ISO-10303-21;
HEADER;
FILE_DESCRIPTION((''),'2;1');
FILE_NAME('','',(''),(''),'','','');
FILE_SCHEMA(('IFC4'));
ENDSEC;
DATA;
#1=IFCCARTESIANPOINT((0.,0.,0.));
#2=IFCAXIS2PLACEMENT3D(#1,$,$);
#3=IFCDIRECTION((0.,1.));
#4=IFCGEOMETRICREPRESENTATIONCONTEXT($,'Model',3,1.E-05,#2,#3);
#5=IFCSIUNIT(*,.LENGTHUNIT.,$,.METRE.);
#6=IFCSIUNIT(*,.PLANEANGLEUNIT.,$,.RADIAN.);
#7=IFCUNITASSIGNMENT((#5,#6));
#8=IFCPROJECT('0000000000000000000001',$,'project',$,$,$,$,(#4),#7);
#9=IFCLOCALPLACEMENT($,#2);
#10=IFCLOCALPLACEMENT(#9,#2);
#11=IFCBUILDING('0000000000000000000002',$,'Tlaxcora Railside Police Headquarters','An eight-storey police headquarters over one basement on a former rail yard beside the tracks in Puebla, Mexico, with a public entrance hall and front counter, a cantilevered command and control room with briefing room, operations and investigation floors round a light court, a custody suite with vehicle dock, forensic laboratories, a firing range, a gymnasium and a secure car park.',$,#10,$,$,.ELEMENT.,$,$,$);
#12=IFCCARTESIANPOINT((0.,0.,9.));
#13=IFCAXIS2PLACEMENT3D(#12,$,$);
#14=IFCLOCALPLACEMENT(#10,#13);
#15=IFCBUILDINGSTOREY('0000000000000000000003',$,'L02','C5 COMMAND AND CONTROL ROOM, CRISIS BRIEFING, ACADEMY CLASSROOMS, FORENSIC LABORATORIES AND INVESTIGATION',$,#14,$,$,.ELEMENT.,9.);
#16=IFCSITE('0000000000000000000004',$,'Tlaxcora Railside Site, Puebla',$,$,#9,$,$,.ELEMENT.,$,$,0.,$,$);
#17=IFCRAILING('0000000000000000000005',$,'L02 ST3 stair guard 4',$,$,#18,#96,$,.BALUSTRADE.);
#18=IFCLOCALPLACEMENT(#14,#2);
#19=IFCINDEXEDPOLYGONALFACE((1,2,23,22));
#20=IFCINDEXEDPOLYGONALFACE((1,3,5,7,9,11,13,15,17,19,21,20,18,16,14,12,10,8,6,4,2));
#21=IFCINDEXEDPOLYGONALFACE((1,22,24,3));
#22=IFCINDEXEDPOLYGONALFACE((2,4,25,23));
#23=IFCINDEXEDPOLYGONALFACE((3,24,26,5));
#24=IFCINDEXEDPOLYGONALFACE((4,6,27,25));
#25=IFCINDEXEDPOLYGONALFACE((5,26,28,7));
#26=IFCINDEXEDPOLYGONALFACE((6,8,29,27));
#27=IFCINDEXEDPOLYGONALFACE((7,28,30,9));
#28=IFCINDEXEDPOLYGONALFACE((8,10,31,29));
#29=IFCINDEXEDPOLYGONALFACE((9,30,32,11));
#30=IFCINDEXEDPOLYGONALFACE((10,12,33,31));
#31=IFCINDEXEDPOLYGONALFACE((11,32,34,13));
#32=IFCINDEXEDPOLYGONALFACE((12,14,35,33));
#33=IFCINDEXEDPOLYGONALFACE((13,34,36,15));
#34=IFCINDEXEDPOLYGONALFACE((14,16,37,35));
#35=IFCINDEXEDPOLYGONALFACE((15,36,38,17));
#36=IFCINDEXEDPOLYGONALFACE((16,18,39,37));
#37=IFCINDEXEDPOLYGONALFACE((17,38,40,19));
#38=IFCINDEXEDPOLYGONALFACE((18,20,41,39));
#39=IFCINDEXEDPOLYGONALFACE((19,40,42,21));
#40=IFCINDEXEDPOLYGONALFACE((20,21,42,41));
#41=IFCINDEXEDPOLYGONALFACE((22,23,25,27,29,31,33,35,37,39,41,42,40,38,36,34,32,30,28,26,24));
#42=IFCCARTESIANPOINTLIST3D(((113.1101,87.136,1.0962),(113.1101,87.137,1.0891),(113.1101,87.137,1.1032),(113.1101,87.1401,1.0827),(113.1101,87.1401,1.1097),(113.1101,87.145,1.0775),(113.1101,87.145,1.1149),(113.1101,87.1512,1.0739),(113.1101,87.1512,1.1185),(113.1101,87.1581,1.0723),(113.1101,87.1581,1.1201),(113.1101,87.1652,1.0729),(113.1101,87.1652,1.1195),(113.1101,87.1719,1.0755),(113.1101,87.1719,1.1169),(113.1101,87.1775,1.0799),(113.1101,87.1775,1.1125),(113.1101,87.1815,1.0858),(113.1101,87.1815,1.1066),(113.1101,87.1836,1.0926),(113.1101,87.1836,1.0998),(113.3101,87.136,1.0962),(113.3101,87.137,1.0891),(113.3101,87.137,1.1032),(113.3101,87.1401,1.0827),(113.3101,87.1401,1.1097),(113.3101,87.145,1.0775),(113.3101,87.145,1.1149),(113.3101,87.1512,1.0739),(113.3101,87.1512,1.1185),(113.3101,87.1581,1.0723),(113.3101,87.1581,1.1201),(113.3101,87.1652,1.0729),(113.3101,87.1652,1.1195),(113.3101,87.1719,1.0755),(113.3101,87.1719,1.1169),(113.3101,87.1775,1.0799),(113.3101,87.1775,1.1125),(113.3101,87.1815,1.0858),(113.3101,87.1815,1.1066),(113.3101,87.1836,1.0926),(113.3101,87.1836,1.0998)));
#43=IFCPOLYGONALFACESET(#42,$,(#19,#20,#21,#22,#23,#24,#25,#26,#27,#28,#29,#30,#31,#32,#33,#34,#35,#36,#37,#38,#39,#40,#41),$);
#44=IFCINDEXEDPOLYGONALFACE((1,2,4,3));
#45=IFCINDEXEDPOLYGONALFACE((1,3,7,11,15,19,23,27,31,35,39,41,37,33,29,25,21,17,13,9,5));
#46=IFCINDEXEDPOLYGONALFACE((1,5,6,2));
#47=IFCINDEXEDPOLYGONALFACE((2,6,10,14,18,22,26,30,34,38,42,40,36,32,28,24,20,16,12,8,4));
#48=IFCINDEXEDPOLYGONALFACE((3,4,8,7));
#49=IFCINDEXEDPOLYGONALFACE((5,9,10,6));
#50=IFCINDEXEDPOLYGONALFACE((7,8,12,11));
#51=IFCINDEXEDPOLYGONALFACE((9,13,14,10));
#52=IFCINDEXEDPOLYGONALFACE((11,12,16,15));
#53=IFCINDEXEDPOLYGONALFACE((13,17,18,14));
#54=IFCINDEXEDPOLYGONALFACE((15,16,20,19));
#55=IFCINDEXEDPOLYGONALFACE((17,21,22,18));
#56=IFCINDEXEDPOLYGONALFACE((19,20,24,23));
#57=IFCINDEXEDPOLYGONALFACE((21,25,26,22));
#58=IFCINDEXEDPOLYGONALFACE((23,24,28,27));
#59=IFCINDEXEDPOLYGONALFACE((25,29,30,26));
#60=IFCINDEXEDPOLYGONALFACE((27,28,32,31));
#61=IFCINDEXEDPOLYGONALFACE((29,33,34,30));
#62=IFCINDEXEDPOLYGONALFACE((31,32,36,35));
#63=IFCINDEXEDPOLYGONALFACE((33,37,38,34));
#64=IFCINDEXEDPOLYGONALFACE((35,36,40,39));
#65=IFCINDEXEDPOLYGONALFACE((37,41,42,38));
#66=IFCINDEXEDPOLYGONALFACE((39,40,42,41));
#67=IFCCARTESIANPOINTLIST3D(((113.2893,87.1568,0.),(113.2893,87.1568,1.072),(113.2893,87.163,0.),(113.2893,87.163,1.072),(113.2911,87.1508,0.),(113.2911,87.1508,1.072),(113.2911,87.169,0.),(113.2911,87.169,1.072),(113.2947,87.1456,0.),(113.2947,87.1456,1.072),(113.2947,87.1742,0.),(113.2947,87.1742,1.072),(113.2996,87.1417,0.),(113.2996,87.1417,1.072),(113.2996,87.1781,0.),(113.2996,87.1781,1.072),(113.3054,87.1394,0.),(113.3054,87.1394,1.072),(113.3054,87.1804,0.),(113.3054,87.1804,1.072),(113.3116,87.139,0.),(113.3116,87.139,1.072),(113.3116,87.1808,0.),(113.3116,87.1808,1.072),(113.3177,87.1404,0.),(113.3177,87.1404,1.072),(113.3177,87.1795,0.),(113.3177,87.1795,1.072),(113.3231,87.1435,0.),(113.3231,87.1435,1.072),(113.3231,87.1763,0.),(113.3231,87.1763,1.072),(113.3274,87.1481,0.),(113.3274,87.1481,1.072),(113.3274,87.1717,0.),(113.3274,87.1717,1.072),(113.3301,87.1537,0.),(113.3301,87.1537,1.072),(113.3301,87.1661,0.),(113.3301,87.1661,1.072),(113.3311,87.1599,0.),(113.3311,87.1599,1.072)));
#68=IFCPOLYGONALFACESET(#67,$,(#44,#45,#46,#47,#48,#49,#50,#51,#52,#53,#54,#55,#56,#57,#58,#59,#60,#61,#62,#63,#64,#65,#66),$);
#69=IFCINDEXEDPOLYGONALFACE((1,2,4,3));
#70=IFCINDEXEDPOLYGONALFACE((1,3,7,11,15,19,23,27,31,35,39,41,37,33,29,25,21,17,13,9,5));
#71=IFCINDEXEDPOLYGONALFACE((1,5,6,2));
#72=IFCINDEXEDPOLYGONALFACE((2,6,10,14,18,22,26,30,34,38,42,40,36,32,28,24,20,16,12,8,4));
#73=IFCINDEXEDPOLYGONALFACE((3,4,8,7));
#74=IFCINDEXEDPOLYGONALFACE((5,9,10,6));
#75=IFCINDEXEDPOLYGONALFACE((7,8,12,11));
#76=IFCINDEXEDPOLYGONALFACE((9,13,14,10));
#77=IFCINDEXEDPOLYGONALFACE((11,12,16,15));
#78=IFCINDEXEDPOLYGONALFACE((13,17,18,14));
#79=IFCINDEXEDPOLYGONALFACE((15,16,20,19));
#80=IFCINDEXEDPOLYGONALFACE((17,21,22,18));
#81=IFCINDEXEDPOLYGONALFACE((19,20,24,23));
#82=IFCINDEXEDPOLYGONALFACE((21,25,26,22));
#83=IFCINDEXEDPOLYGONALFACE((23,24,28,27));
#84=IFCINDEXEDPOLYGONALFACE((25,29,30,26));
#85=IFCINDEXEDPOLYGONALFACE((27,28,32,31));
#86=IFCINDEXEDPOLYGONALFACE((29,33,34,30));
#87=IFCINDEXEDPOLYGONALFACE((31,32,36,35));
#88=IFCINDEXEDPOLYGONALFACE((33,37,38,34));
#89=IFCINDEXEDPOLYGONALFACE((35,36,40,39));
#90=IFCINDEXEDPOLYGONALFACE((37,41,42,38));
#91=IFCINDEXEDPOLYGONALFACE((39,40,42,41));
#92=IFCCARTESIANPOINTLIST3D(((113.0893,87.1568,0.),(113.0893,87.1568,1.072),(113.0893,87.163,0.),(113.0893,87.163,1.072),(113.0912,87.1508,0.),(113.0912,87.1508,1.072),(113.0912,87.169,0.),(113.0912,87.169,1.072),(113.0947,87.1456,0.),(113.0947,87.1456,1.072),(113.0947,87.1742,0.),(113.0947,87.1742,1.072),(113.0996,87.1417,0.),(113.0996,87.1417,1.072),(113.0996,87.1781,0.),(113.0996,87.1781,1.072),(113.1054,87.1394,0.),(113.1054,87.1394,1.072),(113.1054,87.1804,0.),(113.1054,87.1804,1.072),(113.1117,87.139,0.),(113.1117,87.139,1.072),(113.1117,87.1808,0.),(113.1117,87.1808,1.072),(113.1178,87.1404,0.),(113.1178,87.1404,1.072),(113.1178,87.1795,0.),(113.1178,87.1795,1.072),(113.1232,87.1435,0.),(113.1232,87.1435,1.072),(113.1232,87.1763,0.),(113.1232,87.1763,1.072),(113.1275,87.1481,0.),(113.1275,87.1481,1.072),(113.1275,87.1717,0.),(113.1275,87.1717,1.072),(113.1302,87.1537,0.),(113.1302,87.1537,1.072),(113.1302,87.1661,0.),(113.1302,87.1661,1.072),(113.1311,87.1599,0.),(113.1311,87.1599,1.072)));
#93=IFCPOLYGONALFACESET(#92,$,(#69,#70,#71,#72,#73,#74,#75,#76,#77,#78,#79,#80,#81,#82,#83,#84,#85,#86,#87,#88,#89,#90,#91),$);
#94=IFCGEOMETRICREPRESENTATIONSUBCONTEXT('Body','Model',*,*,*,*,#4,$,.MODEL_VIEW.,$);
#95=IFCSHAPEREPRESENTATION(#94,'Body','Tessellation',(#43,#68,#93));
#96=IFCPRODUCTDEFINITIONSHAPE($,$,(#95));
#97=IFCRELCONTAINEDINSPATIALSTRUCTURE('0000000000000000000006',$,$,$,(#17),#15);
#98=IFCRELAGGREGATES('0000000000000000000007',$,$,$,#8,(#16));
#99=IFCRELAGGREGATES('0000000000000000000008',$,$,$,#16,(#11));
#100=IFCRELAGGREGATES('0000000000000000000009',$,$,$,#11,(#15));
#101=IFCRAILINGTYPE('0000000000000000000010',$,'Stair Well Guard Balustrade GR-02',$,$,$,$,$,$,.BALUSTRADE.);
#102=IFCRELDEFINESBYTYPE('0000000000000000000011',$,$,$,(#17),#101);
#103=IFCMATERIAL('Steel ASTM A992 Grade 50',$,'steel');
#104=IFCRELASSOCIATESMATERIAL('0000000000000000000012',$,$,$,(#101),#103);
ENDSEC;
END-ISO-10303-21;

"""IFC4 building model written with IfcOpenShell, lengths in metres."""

from ifc_helpers import new_model, si_unit, direction, frame, origin, origin_2d, place, context, subcontext, project, spatial, circle, extrude, material, type_object, element, save


model = new_model("IFC4")

# Units and contexts
model_context = context("Model", 3, precision=1e-05, world=origin(), true_north=direction((0.0, 1.0)))
body_context = subcontext(model_context, "Body", "Model", "MODEL_VIEW")
ifc_project = project(units=[si_unit("LENGTHUNIT", "METRE"), si_unit("PLANEANGLEUNIT", "RADIAN")], contexts=[model_context])

# Site, building, storey
site_placement = place(None, origin())
site = spatial("IfcSite", under=ifc_project, at=site_placement, Name="Tlaxcora Railside Site, Puebla", CompositionType="ELEMENT", RefElevation=0.0)
building_placement = place(site_placement, origin())
building = spatial("IfcBuilding", under=site, at=building_placement, Name="Tlaxcora Railside Police Headquarters", Description="An eight-storey police headquarters over one basement on a former rail yard beside the tracks in Puebla, Mexico, with a public entrance hall and front counter, a cantilevered command and control room with briefing room, operations and investigation floors round a light court, a custody suite with vehicle dock, forensic laboratories, a firing range, a gymnasium and a secure car park.", CompositionType="ELEMENT")
storey_placement = place(building_placement, frame((0.0, 0.0, 9.0)))
storey = spatial("IfcBuildingStorey", under=building, at=storey_placement, Name="L02", Description="C5 COMMAND AND CONTROL ROOM, CRISIS BRIEFING, ACADEMY CLASSROOMS, FORENSIC LABORATORIES AND INVESTIGATION", CompositionType="ELEMENT", Elevation=9.0)

# Shared definitions
ifc_material_1 = material(Name="Steel ASTM A992 Grade 50", Category="steel")

# Railing
railing_type_1 = type_object("IfcRailingType", Name="Stair Well Guard Balustrade GR-02", PredefinedType="BALUSTRADE", material=ifc_material_1)
railing_1_placement = place(storey_placement, frame((113.3101, 87.1599, 0.0)))
element("IfcRailing", 1, at=railing_1_placement, inside=storey, type_object=railing_type_1, Name="L02 ST3 stair guard 4", PredefinedType="BALUSTRADE", context=body_context, shape_type="SweptSolid", body=[
    extrude(circle(Radius=0.0239, at=origin_2d()), frame((0.0, 0.0, 1.0962), z_axis=(-1.0, 0.0, 0.0), x_axis=(0.0, -1.0, 0.0)), (0.0, 0.0, 1.0), 0.2),
    extrude(circle(Radius=0.021, at=origin_2d()), origin(), (0.0, 0.0, 1.0), 1.072),
    extrude(circle(Radius=0.021, at=origin_2d()), frame((-0.2, 0.0, 0.0)), (0.0, 0.0, 1.0), 1.072),
])

save(model, "model.ifc")
